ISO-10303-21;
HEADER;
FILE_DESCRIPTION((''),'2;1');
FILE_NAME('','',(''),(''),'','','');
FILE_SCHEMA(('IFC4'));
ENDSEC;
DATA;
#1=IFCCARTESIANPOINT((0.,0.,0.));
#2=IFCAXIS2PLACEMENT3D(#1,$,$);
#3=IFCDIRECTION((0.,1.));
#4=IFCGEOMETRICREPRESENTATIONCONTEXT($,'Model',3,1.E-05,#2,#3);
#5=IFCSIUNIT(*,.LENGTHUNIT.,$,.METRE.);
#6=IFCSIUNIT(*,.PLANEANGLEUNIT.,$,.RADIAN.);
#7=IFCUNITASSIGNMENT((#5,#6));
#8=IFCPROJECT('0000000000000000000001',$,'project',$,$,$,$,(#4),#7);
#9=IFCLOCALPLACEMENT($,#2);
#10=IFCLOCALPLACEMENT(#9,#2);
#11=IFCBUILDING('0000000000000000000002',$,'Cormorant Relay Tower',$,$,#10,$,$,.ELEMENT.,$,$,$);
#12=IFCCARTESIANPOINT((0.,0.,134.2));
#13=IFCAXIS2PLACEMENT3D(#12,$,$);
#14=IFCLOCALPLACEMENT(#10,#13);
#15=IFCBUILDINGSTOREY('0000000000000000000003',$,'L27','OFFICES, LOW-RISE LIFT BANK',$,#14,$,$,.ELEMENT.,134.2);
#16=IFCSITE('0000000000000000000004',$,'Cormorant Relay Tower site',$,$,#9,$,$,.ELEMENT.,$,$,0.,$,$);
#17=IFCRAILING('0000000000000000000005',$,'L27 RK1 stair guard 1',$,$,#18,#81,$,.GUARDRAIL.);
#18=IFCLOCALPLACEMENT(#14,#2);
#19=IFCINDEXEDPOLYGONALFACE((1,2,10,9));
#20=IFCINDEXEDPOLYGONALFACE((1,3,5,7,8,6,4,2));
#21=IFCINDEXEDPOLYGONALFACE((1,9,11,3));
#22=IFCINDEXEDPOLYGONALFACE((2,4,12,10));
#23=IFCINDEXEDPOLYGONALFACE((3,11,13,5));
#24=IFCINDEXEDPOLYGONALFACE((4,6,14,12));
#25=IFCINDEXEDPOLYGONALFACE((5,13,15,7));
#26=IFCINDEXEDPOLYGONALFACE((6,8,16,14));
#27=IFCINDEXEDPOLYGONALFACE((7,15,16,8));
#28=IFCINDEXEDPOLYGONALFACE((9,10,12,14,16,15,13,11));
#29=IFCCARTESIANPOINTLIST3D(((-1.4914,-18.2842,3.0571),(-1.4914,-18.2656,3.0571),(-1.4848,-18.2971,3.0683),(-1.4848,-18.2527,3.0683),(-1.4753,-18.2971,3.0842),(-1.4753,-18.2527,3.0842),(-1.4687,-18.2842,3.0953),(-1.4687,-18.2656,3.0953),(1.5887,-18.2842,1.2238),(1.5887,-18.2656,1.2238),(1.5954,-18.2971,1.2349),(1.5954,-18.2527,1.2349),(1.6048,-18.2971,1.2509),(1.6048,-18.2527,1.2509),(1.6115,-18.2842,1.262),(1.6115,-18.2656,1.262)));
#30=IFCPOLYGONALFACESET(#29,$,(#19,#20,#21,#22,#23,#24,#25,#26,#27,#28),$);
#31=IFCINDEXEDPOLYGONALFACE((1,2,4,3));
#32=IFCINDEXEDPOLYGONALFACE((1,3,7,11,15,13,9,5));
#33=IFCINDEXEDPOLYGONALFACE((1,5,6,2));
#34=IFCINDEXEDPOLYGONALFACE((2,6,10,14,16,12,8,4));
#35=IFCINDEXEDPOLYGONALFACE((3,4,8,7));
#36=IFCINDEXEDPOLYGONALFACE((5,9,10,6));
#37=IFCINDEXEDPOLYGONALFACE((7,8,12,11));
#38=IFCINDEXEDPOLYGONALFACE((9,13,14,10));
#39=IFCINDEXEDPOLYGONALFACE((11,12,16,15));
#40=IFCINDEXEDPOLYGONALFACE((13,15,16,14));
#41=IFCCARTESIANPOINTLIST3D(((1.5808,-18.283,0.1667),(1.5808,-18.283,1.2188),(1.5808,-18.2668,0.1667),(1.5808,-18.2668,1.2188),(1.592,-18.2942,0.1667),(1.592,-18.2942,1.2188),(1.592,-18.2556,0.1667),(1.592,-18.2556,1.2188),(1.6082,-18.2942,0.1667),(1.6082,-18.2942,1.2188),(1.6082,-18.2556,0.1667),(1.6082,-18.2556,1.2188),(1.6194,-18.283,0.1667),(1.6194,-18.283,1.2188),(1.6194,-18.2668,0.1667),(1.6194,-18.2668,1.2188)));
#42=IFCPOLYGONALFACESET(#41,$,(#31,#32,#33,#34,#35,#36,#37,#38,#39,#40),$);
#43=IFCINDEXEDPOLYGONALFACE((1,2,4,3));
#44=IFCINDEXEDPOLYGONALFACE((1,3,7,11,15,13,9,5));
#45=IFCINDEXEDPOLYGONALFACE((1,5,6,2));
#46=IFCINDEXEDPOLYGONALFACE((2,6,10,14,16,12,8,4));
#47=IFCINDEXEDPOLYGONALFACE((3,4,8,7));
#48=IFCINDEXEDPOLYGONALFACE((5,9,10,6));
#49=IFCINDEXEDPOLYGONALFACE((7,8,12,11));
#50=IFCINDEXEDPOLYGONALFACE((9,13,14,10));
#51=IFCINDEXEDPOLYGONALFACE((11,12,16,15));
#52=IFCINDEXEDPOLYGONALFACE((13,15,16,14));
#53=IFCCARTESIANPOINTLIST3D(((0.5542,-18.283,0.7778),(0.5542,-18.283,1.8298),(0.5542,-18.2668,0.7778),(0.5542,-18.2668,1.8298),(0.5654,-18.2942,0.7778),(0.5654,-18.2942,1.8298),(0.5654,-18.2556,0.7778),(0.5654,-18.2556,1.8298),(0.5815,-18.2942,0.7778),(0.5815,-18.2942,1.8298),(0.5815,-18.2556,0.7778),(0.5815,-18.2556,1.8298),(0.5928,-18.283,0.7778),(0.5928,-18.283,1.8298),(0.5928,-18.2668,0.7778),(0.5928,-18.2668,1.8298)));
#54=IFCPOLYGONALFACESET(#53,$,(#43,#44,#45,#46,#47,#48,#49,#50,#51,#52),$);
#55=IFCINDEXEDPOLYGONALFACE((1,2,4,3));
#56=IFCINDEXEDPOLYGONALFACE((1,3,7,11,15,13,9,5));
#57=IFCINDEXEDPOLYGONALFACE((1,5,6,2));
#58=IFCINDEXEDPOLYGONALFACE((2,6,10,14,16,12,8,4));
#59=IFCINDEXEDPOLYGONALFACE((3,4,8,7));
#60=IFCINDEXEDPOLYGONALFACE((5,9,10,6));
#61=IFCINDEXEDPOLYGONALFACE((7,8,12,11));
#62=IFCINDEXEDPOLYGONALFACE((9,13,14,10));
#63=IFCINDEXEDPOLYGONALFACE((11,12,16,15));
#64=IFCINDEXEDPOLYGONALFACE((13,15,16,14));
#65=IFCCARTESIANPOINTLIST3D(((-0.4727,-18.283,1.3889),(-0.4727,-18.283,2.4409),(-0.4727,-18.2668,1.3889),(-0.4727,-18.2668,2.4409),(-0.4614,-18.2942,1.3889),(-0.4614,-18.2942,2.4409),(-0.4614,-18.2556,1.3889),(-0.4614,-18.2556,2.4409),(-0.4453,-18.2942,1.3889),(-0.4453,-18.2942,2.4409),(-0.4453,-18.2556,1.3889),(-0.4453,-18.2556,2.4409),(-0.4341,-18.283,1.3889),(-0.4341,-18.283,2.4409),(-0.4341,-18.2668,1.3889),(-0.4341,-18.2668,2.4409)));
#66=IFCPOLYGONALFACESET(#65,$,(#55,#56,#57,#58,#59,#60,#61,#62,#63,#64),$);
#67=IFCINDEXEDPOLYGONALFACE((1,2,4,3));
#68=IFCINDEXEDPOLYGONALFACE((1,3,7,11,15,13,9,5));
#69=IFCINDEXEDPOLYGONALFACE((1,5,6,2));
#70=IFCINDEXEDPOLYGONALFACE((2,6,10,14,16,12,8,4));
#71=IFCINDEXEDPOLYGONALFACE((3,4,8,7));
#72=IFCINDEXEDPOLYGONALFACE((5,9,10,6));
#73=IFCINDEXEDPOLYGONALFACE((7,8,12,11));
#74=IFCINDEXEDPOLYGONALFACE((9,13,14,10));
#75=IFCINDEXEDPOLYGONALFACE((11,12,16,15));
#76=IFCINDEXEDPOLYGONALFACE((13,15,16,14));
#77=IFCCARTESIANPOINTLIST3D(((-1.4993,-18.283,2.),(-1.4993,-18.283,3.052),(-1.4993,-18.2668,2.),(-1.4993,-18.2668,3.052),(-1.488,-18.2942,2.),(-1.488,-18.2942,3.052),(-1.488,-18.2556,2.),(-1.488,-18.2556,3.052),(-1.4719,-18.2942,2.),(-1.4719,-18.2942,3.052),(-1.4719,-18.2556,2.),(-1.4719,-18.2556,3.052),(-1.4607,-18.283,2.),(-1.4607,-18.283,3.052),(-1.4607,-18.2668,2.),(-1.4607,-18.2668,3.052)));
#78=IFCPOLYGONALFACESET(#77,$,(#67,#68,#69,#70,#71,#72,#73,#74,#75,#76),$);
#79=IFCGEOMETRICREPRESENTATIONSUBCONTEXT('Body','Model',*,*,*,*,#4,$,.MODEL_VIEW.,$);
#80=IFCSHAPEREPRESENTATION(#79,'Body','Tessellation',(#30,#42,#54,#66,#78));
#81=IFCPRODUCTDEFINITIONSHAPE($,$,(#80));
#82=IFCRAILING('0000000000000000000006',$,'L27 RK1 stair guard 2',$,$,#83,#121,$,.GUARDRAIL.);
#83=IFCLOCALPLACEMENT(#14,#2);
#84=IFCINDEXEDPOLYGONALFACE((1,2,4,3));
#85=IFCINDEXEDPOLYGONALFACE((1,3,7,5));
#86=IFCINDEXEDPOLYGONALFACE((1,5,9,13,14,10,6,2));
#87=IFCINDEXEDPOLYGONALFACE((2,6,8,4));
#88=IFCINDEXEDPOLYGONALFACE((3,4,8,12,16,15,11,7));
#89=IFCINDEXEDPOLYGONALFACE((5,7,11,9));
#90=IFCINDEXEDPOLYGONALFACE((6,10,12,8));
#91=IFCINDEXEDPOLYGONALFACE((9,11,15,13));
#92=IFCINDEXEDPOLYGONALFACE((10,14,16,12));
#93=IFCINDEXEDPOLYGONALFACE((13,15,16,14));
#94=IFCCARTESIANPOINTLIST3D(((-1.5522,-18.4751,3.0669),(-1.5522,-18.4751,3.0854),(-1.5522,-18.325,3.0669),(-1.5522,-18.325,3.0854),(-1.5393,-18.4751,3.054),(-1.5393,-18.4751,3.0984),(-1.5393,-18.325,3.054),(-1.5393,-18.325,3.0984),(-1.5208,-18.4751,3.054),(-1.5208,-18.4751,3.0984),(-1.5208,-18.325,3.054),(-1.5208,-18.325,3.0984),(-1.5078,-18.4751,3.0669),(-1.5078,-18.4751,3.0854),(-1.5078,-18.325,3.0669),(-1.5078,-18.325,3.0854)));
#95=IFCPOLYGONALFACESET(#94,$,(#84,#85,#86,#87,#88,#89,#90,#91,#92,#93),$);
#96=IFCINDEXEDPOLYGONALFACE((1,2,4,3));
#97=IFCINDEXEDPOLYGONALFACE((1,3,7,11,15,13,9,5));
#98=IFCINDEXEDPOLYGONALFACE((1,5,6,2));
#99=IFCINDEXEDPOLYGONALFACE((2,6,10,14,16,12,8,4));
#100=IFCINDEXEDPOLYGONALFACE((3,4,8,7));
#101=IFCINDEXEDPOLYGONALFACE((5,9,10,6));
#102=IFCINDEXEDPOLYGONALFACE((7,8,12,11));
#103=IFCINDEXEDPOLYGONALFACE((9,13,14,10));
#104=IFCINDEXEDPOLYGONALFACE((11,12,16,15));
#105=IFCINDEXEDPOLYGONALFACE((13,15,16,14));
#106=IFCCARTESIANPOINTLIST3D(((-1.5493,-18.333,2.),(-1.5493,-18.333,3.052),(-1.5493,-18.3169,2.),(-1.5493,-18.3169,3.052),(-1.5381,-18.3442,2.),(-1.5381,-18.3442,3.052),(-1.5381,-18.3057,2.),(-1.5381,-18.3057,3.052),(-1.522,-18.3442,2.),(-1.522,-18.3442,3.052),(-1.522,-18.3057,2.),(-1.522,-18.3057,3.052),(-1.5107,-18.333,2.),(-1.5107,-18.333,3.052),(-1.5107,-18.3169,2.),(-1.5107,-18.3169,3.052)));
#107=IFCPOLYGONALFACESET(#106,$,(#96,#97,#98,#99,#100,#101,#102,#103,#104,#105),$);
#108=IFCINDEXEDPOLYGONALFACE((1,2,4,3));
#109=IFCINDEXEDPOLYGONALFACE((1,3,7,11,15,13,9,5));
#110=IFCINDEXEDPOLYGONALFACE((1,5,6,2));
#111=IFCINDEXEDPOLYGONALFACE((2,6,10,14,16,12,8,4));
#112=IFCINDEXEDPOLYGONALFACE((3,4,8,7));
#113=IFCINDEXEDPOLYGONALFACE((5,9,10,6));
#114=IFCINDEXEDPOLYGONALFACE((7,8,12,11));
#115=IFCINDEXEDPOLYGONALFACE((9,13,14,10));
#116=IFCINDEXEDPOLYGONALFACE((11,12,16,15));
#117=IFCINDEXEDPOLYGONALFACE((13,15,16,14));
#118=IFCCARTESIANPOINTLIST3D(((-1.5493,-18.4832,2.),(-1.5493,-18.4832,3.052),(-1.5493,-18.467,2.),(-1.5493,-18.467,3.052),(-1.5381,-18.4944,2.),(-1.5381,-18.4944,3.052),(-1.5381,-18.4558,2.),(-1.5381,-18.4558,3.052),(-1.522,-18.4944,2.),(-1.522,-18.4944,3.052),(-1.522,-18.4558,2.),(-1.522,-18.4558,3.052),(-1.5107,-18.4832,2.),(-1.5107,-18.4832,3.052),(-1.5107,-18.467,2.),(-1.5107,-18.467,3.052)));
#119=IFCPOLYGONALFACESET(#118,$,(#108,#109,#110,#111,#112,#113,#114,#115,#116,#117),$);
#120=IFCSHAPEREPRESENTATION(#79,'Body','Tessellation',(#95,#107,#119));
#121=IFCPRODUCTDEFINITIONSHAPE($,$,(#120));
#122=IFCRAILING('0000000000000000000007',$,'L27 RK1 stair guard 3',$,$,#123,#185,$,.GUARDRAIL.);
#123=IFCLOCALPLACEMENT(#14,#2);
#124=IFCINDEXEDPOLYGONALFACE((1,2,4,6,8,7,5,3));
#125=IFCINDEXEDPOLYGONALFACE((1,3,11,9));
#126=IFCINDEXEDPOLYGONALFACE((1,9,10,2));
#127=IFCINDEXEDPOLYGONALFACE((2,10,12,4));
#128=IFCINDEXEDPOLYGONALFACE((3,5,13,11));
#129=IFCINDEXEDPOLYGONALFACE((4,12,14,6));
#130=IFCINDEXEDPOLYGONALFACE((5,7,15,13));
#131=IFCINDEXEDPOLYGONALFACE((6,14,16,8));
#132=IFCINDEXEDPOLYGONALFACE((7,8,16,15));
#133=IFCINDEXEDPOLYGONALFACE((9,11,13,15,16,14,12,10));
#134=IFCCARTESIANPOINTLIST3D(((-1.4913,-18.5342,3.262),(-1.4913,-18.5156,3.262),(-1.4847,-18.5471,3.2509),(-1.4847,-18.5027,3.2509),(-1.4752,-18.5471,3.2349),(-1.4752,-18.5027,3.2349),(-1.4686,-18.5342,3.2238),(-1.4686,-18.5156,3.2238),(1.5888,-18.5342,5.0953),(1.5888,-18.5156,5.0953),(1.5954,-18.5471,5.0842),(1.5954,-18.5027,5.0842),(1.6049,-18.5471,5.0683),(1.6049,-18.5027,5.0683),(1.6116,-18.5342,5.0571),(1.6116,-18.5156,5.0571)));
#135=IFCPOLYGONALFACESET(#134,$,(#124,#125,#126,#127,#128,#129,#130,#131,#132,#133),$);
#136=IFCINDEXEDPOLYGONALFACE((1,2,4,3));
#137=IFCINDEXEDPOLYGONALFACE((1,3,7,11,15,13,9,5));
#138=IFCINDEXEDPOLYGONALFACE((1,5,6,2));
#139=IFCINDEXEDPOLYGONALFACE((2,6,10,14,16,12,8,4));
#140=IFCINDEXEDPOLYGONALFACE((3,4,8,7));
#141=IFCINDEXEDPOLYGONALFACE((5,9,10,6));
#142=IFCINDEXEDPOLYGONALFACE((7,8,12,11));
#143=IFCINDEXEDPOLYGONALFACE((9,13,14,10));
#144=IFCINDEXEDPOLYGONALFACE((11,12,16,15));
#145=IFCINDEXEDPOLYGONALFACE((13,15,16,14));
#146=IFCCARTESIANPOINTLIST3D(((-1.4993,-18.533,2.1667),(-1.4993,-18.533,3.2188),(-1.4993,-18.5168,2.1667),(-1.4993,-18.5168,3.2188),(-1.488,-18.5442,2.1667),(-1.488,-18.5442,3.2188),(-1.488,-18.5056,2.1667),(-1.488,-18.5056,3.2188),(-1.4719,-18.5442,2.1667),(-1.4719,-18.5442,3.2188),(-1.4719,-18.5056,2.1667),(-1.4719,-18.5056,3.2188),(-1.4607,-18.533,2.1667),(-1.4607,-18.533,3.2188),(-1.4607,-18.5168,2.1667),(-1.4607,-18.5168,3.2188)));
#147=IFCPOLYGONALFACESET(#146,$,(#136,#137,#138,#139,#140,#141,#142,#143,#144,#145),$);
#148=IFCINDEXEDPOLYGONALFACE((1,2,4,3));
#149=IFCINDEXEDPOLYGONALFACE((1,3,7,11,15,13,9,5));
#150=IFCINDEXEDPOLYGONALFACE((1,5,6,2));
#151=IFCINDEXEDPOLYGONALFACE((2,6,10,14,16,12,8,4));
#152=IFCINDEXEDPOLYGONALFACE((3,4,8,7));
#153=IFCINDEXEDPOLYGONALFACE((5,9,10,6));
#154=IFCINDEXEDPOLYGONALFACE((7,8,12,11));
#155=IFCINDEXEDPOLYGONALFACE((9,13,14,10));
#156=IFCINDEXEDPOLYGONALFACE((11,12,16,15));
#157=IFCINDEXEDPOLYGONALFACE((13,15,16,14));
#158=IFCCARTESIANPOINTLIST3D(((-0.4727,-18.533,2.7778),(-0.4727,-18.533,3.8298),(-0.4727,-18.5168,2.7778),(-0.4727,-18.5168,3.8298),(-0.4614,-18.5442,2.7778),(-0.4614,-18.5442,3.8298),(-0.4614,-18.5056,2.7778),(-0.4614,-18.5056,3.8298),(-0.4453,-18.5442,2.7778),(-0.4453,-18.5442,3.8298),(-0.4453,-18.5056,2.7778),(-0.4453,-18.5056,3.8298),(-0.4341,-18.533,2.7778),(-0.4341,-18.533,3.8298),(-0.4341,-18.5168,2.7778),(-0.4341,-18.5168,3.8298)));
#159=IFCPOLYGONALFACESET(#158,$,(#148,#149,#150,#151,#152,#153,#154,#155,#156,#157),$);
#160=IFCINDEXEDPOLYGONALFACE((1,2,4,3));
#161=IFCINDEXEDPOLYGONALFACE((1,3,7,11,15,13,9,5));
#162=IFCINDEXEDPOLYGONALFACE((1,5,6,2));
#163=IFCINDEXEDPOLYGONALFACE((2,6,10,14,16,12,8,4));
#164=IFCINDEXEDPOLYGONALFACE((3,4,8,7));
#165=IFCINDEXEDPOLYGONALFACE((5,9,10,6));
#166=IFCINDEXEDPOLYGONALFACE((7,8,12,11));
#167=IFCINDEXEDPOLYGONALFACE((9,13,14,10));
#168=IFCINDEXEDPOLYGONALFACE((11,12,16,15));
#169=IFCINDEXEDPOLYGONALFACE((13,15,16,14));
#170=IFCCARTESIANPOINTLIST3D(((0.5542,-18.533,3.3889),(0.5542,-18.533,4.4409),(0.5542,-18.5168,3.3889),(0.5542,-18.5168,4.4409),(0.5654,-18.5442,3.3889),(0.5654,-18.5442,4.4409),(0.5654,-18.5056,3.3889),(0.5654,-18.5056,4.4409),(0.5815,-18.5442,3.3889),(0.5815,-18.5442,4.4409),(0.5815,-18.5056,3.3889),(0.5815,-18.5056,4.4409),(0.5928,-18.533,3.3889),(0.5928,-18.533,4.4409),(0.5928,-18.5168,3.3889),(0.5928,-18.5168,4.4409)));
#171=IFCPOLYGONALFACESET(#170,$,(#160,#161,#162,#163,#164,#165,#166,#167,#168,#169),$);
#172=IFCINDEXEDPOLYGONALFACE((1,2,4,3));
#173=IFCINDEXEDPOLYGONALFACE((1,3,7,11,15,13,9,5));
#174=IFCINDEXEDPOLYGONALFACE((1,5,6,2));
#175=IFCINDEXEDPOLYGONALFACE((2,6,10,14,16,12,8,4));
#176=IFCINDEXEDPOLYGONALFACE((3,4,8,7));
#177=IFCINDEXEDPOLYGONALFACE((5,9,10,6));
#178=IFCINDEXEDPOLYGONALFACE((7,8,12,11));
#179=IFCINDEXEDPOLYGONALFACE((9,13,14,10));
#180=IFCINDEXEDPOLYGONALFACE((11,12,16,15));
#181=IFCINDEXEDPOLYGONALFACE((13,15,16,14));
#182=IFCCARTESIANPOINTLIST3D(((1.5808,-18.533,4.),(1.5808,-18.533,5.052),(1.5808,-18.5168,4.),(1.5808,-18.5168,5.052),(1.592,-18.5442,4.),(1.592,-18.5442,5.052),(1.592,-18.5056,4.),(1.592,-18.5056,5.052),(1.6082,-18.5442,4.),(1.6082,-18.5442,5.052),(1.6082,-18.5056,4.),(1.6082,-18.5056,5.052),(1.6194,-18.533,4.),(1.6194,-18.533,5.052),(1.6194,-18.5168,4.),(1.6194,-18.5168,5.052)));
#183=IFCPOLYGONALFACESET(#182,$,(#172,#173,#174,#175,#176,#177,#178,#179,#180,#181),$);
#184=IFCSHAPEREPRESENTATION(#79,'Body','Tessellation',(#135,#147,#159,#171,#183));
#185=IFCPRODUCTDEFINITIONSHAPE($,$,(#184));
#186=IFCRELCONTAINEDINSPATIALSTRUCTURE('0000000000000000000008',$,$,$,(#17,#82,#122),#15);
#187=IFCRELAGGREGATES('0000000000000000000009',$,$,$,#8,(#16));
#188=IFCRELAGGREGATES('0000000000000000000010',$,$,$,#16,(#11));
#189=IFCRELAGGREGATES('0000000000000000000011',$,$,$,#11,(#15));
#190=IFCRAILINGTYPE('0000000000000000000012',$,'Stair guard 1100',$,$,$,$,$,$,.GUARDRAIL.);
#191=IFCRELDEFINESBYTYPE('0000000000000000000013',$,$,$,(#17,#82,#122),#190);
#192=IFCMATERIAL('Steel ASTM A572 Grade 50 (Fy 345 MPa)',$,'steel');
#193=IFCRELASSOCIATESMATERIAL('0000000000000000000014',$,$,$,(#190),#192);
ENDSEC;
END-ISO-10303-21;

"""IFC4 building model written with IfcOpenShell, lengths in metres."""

from ifc_helpers import new_model, si_unit, direction, frame, origin, place, context, subcontext, project, spatial, polyline, outline, extrude, material, type_object, element, save


model = new_model("IFC4")

# Units and contexts
model_context = context("Model", 3, precision=1e-05, world=origin(), true_north=direction((0.0, 1.0)))
body_context = subcontext(model_context, "Body", "Model", "MODEL_VIEW")
ifc_project = project(units=[si_unit("LENGTHUNIT", "METRE"), si_unit("PLANEANGLEUNIT", "RADIAN")], contexts=[model_context])

# Site, building, storey
site_placement = place(None, origin())
site = spatial("IfcSite", under=ifc_project, at=site_placement, Name="Cormorant Relay Tower site", CompositionType="ELEMENT", RefElevation=0.0)
building_placement = place(site_placement, origin())
building = spatial("IfcBuilding", under=site, at=building_placement, Name="Cormorant Relay Tower", CompositionType="ELEMENT")
storey_placement = place(building_placement, frame((0.0, 0.0, 134.2)))
storey = spatial("IfcBuildingStorey", under=building, at=storey_placement, Name="L27", Description="OFFICES, LOW-RISE LIFT BANK", CompositionType="ELEMENT", Elevation=134.2)

# Railings
ifc_material_1 = material(Name="Steel ASTM A572 Grade 50 (Fy 345 MPa)", Category="steel")
railing_type_1 = type_object("IfcRailingType", Name="Stair guard 1100", PredefinedType="GUARDRAIL", material=ifc_material_1)
railing_1_placement = place(storey_placement, frame((1.6001, -18.2749, 0.1667)))
element("IfcRailing", 1, at=railing_1_placement, inside=storey, type_object=railing_type_1, Name="L27 RK1 stair guard 1", PredefinedType="GUARDRAIL", context=body_context, shape_type="SweptSolid", body=[
    extrude(outline(polyline([(0.0222, 0.0093), (0.0093, 0.0222), (-0.0093, 0.0222), (-0.0222, 0.0093), (-0.0222, -0.0093), (-0.0093, -0.0222), (0.0093, -0.0222), (0.0222, -0.0093), (0.0222, 0.0093)])), frame((0.0, 0.0, 1.0762), z_axis=(-0.859309, 0.0, 0.511458), x_axis=(0.0, -1.0, 0.0)), (0.0, 0.0, 1.0), 3.5845),
    extrude(outline(polyline([(0.0193, 0.0081), (0.0081, 0.0193), (-0.0081, 0.0193), (-0.0193, 0.0081), (-0.0193, -0.0081), (-0.0081, -0.0193), (0.0081, -0.0193), (0.0193, -0.0081), (0.0193, 0.0081)])), origin(), (0.0, 0.0, 1.0), 1.052),
    extrude(outline(polyline([(0.0193, 0.0081), (0.0081, 0.0193), (-0.0081, 0.0193), (-0.0193, 0.0081), (-0.0193, -0.0081), (-0.0081, -0.0193), (0.0081, -0.0193), (0.0193, -0.0081), (0.0193, 0.0081)])), frame((-1.0266, 0.0, 0.6111)), (0.0, 0.0, 1.0), 1.052),
    extrude(outline(polyline([(0.0193, 0.0081), (0.0081, 0.0193), (-0.0081, 0.0193), (-0.0193, 0.0081), (-0.0193, -0.0081), (-0.0081, -0.0193), (0.0081, -0.0193), (0.0193, -0.0081), (0.0193, 0.0081)])), frame((-2.0535, 0.0, 1.2222)), (0.0, 0.0, 1.0), 1.052),
    extrude(outline(polyline([(0.0193, 0.0081), (0.0081, 0.0193), (-0.0081, 0.0193), (-0.0193, 0.0081), (-0.0193, -0.0081), (-0.0081, -0.0193), (0.0081, -0.0193), (0.0193, -0.0081), (0.0193, 0.0081)])), frame((-3.0801, 0.0, 1.8333)), (0.0, 0.0, 1.0), 1.052),
])
railing_2_placement = place(storey_placement, frame((-1.53, -18.325, 2.0)))
element("IfcRailing", 2, at=railing_2_placement, inside=storey, type_object=railing_type_1, Name="L27 RK1 stair guard 2", PredefinedType="GUARDRAIL", context=body_context, shape_type="SweptSolid", body=[
    extrude(outline(polyline([(0.0222, 0.0093), (0.0093, 0.0222), (-0.0093, 0.0222), (-0.0222, 0.0093), (-0.0222, -0.0093), (-0.0093, -0.0222), (0.0093, -0.0222), (0.0222, -0.0093), (0.0222, 0.0093)])), frame((0.0, 0.0, 1.0762), z_axis=(0.0, -1.0, 0.0), x_axis=(1.0, 0.0, 0.0)), (0.0, 0.0, 1.0), 0.1501),
    extrude(outline(polyline([(0.0193, 0.0081), (0.0081, 0.0193), (-0.0081, 0.0193), (-0.0193, 0.0081), (-0.0193, -0.0081), (-0.0081, -0.0193), (0.0081, -0.0193), (0.0193, -0.0081), (0.0193, 0.0081)])), origin(), (0.0, 0.0, 1.0), 1.052),
    extrude(outline(polyline([(0.0193, 0.0081), (0.0081, 0.0193), (-0.0081, 0.0193), (-0.0193, 0.0081), (-0.0193, -0.0081), (-0.0081, -0.0193), (0.0081, -0.0193), (0.0193, -0.0081), (0.0193, 0.0081)])), frame((0.0, -0.1501, 0.0)), (0.0, 0.0, 1.0), 1.052),
])
railing_3_placement = place(storey_placement, frame((-1.48, -18.5249, 2.1667)))
element("IfcRailing", 3, at=railing_3_placement, inside=storey, type_object=railing_type_1, Name="L27 RK1 stair guard 3", PredefinedType="GUARDRAIL", context=body_context, shape_type="SweptSolid", body=[
    extrude(outline(polyline([(0.0222, 0.0093), (0.0093, 0.0222), (-0.0093, 0.0222), (-0.0222, 0.0093), (-0.0222, -0.0093), (-0.0093, -0.0222), (0.0093, -0.0222), (0.0222, -0.0093), (0.0222, 0.0093)])), frame((0.0, 0.0, 1.0762), z_axis=(0.859309, 0.0, 0.511458), x_axis=(0.0, 1.0, 0.0)), (0.0, 0.0, 1.0), 3.5845),
    extrude(outline(polyline([(0.0193, 0.0081), (0.0081, 0.0193), (-0.0081, 0.0193), (-0.0193, 0.0081), (-0.0193, -0.0081), (-0.0081, -0.0193), (0.0081, -0.0193), (0.0193, -0.0081), (0.0193, 0.0081)])), origin(), (0.0, 0.0, 1.0), 1.052),
    extrude(outline(polyline([(0.0193, 0.0081), (0.0081, 0.0193), (-0.0081, 0.0193), (-0.0193, 0.0081), (-0.0193, -0.0081), (-0.0081, -0.0193), (0.0081, -0.0193), (0.0193, -0.0081), (0.0193, 0.0081)])), frame((1.0266, 0.0, 0.6111)), (0.0, 0.0, 1.0), 1.052),
    extrude(outline(polyline([(0.0193, 0.0081), (0.0081, 0.0193), (-0.0081, 0.0193), (-0.0193, 0.0081), (-0.0193, -0.0081), (-0.0081, -0.0193), (0.0081, -0.0193), (0.0193, -0.0081), (0.0193, 0.0081)])), frame((2.0535, 0.0, 1.2222)), (0.0, 0.0, 1.0), 1.052),
    extrude(outline(polyline([(0.0193, 0.0081), (0.0081, 0.0193), (-0.0081, 0.0193), (-0.0193, 0.0081), (-0.0193, -0.0081), (-0.0081, -0.0193), (0.0081, -0.0193), (0.0193, -0.0081), (0.0193, 0.0081)])), frame((3.0801, 0.0, 1.8333)), (0.0, 0.0, 1.0), 1.052),
])

save(model, "model.ifc")
